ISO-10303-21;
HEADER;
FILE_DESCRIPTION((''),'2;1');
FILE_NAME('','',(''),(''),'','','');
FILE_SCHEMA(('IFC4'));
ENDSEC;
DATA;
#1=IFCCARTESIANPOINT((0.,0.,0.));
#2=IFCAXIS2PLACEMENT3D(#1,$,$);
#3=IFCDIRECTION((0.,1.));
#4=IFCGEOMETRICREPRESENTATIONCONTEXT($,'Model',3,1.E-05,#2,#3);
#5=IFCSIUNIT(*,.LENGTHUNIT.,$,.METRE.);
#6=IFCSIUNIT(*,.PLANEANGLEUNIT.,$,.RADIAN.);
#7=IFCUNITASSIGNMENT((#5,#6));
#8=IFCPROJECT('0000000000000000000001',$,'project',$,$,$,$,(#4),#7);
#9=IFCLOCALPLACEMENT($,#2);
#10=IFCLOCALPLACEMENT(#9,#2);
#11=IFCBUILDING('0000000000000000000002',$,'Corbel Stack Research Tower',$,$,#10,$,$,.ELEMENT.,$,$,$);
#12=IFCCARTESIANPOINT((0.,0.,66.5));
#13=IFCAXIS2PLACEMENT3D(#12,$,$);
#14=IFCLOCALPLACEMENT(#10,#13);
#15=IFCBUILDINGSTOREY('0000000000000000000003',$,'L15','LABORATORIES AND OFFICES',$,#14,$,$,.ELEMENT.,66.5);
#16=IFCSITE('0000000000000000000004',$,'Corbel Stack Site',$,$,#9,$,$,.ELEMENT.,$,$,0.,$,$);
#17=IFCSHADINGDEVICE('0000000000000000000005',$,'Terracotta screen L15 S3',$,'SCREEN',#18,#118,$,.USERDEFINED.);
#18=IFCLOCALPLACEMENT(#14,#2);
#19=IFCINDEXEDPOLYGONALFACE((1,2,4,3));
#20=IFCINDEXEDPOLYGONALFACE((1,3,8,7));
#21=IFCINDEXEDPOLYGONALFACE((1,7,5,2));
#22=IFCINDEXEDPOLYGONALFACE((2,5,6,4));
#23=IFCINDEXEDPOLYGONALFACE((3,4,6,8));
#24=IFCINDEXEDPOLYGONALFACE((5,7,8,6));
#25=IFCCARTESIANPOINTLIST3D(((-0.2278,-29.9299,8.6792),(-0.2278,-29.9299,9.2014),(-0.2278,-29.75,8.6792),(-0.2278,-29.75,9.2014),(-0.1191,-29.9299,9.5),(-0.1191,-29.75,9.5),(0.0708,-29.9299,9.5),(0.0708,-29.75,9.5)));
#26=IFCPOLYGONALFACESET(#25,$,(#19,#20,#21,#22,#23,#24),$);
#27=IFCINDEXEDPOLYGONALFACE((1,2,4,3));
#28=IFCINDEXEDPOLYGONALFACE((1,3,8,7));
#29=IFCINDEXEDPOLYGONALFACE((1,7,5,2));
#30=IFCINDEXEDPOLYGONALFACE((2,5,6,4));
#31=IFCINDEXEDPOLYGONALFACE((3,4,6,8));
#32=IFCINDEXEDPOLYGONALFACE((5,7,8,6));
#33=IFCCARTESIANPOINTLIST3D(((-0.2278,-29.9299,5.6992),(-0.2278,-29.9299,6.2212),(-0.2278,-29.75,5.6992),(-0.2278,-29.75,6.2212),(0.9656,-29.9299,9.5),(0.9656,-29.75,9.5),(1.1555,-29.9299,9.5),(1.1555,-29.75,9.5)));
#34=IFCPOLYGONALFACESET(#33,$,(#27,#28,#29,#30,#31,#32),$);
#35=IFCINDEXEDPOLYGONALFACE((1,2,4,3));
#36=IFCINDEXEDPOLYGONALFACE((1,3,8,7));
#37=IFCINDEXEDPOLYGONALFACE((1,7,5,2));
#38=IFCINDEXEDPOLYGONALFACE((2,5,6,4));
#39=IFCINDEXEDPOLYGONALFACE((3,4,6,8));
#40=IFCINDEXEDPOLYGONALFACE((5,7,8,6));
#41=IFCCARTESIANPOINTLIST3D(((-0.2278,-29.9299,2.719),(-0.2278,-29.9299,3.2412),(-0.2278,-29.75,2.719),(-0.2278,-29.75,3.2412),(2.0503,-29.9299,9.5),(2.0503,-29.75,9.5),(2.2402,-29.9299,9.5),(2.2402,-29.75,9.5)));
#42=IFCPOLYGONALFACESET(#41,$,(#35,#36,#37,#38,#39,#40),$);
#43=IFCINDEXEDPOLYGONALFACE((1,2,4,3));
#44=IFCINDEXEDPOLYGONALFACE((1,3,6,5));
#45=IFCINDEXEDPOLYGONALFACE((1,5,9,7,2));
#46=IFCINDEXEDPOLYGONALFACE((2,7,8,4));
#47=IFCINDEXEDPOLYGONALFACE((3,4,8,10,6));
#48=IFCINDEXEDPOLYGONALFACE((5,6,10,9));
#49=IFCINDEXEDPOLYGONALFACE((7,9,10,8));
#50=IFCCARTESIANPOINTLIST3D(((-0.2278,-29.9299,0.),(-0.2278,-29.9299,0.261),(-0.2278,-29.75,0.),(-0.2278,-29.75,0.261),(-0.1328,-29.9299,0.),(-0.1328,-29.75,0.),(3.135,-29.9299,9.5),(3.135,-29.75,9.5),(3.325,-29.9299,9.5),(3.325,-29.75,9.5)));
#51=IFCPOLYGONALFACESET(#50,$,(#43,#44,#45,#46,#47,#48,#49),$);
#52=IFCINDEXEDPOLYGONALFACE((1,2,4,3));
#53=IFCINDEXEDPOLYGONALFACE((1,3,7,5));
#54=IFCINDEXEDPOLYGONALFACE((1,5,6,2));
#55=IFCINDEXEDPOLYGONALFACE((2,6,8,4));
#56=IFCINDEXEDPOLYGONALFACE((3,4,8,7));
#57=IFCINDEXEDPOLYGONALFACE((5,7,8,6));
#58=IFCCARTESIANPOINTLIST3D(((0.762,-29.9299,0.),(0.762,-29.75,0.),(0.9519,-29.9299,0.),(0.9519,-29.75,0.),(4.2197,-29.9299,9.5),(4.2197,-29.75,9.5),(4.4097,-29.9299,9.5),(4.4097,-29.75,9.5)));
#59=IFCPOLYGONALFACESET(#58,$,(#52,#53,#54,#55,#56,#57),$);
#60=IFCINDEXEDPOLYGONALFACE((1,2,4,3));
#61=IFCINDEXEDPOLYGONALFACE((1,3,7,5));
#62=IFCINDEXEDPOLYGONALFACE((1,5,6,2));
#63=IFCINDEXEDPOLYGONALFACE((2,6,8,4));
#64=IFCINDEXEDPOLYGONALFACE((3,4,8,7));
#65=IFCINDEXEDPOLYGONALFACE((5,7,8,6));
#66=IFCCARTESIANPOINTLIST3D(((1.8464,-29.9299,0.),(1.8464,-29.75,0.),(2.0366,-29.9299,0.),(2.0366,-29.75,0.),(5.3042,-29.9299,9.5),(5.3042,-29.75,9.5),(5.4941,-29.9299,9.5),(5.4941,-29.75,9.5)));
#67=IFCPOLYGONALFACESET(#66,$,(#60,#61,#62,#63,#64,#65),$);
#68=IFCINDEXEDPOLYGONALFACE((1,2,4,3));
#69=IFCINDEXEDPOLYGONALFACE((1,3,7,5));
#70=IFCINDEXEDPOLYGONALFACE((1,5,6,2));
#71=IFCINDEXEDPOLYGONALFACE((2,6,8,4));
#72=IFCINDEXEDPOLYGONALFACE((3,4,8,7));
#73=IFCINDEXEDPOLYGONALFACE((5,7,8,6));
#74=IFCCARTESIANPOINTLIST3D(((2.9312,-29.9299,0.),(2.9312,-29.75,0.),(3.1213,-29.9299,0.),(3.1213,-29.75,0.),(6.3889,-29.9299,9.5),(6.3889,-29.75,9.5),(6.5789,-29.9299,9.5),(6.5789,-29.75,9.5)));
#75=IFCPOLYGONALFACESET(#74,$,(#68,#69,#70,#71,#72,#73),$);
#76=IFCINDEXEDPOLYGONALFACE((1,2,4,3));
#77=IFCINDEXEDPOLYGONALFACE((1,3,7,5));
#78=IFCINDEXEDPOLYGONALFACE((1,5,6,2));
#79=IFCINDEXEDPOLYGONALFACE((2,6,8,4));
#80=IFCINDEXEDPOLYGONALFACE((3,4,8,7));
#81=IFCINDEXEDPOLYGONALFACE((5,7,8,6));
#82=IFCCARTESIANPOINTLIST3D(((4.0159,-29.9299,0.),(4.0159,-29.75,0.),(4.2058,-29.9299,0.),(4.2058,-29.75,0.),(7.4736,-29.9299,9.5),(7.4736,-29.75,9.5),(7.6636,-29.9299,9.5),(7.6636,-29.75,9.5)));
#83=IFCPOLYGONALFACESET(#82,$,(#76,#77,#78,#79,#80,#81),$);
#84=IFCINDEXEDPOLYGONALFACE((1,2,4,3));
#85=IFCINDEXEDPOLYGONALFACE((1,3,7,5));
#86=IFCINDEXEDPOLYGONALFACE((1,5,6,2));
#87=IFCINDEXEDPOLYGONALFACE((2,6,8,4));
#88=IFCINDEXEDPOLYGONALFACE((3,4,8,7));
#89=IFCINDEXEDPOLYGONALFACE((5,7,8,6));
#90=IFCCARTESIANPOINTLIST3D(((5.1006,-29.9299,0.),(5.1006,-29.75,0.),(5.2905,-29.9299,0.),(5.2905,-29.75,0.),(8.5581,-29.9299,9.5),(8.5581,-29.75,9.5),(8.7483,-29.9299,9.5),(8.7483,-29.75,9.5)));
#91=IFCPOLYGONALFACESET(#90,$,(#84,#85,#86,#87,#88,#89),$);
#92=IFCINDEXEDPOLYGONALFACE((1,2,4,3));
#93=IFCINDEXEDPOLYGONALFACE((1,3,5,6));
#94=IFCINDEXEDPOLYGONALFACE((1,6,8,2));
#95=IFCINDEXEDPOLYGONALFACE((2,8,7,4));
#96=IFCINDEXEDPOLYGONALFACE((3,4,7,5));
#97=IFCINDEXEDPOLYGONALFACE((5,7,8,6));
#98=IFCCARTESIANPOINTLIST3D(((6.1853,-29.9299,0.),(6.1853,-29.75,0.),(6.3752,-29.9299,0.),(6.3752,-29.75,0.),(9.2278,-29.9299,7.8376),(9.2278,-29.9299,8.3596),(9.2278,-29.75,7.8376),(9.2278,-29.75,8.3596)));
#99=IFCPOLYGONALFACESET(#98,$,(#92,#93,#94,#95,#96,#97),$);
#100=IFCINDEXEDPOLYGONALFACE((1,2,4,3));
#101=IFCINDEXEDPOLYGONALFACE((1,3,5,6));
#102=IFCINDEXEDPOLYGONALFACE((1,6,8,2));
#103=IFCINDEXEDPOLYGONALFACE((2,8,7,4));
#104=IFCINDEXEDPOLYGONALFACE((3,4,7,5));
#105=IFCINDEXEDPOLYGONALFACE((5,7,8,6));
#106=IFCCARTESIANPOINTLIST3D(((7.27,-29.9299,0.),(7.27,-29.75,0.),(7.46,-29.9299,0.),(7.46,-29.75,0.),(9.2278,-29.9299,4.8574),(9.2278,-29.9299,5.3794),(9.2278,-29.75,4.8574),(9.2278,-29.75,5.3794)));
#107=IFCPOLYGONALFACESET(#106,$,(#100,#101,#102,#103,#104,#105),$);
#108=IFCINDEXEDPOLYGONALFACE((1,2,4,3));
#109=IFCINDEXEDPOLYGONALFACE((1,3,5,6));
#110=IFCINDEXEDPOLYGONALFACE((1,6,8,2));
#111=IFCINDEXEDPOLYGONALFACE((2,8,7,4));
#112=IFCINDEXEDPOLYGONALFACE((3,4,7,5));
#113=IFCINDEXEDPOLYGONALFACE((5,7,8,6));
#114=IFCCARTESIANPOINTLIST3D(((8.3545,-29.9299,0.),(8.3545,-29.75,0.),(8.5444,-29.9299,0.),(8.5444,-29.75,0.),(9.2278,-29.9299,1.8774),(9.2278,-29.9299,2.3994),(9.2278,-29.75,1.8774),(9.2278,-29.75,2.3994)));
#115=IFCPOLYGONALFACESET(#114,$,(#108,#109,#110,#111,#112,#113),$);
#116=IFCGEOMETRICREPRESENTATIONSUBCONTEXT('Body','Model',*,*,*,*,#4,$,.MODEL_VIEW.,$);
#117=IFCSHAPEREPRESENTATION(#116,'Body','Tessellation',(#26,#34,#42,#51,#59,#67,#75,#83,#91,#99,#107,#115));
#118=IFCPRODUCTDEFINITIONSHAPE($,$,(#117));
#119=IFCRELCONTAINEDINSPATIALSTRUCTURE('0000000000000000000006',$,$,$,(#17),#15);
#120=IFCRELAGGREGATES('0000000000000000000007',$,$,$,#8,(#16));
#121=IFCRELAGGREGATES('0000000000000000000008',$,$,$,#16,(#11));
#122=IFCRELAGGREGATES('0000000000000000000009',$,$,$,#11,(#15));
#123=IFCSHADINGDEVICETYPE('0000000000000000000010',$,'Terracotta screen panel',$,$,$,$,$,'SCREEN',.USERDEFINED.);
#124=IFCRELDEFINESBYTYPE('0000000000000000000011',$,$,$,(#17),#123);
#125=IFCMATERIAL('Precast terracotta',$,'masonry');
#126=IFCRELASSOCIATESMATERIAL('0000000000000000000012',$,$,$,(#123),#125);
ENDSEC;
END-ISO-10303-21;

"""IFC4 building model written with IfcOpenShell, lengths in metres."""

from ifc_helpers import new_model, si_unit, direction, frame, origin, place, context, subcontext, project, spatial, polyline, outline, extrude, source, transform, mapped, material, type_object, element, save


model = new_model("IFC4")

# Units and contexts
model_context = context("Model", 3, precision=1e-05, world=origin(), true_north=direction((0.0, 1.0)))
body_context = subcontext(model_context, "Body", "Model", "MODEL_VIEW")
ifc_project = project(units=[si_unit("LENGTHUNIT", "METRE"), si_unit("PLANEANGLEUNIT", "RADIAN")], contexts=[model_context])

# Site, building, storey
site_placement = place(None, origin())
site = spatial("IfcSite", under=ifc_project, at=site_placement, Name="Corbel Stack Site", CompositionType="ELEMENT", RefElevation=0.0)
building_placement = place(site_placement, origin())
building = spatial("IfcBuilding", under=site, at=building_placement, Name="Corbel Stack Research Tower", CompositionType="ELEMENT")
storey_placement = place(building_placement, frame((0.0, 0.0, 66.5)))
storey = spatial("IfcBuildingStorey", under=building, at=storey_placement, Name="L15", Description="LABORATORIES AND OFFICES", CompositionType="ELEMENT", Elevation=66.5)

# Shading device
ifc_material_1 = material(Name="Precast terracotta", Category="masonry")
shading_device_type = type_object("IfcShadingDeviceType", Name="Terracotta screen panel", ElementType="SCREEN", PredefinedType="USERDEFINED", material=ifc_material_1)
shared_shape_1 = source(origin(), body_context, "Body", "SweptSolid", [
    extrude(outline(polyline([(0.2986, 9.5), (0.1086, 9.5), (0.0, 9.2014), (0.0, 8.6792), (0.2986, 9.5)])), frame((0.0, 0.0, 0.0), z_axis=(0.0, -1.0, 0.0), x_axis=(1.0, 0.0, 0.0)), (0.0, 0.0, 1.0), 0.1799),
    extrude(outline(polyline([(1.3833, 9.5), (1.1934, 9.5), (0.0, 6.2212), (0.0, 5.6992), (1.3833, 9.5)])), frame((0.0, 0.0, 0.0), z_axis=(0.0, -1.0, 0.0), x_axis=(1.0, 0.0, 0.0)), (0.0, 0.0, 1.0), 0.1799),
    extrude(outline(polyline([(2.468, 9.5), (2.2781, 9.5), (0.0, 3.2412), (0.0, 2.719), (2.468, 9.5)])), frame((0.0, 0.0, 0.0), z_axis=(0.0, -1.0, 0.0), x_axis=(1.0, 0.0, 0.0)), (0.0, 0.0, 1.0), 0.1799),
    extrude(outline(polyline([(0.095, 0.0), (3.5527, 9.5), (3.3628, 9.5), (0.0, 0.261), (0.0, 0.0), (0.095, 0.0)])), frame((0.0, 0.0, 0.0), z_axis=(0.0, -1.0, 0.0), x_axis=(1.0, 0.0, 0.0)), (0.0, 0.0, 1.0), 0.1799),
    extrude(outline(polyline([(1.1797, 0.0), (4.6375, 9.5), (4.4475, 9.5), (0.9897, 0.0), (1.1797, 0.0)])), frame((0.0, 0.0, 0.0), z_axis=(0.0, -1.0, 0.0), x_axis=(1.0, 0.0, 0.0)), (0.0, 0.0, 1.0), 0.1799),
    extrude(outline(polyline([(2.2644, 0.0), (5.7219, 9.5), (5.532, 9.5), (2.0742, 0.0), (2.2644, 0.0)])), frame((0.0, 0.0, 0.0), z_axis=(0.0, -1.0, 0.0), x_axis=(1.0, 0.0, 0.0)), (0.0, 0.0, 1.0), 0.1799),
    extrude(outline(polyline([(3.3491, 0.0), (6.8066, 9.5), (6.6167, 9.5), (3.1589, 0.0), (3.3491, 0.0)])), frame((0.0, 0.0, 0.0), z_axis=(0.0, -1.0, 0.0), x_axis=(1.0, 0.0, 0.0)), (0.0, 0.0, 1.0), 0.1799),
    extrude(outline(polyline([(4.4336, 0.0), (7.8914, 9.5), (7.7014, 9.5), (4.2437, 0.0), (4.4336, 0.0)])), frame((0.0, 0.0, 0.0), z_axis=(0.0, -1.0, 0.0), x_axis=(1.0, 0.0, 0.0)), (0.0, 0.0, 1.0), 0.1799),
    extrude(outline(polyline([(5.5183, 0.0), (8.9761, 9.5), (8.7859, 9.5), (5.3284, 0.0), (5.5183, 0.0)])), frame((0.0, 0.0, 0.0), z_axis=(0.0, -1.0, 0.0), x_axis=(1.0, 0.0, 0.0)), (0.0, 0.0, 1.0), 0.1799),
    extrude(outline(polyline([(6.603, 0.0), (9.4556, 7.8376), (9.4556, 8.3596), (6.4131, 0.0), (6.603, 0.0)])), frame((0.0, 0.0, 0.0), z_axis=(0.0, -1.0, 0.0), x_axis=(1.0, 0.0, 0.0)), (0.0, 0.0, 1.0), 0.1799),
    extrude(outline(polyline([(7.6877, 0.0), (9.4556, 4.8574), (9.4556, 5.3794), (7.4978, 0.0), (7.6877, 0.0)])), frame((0.0, 0.0, 0.0), z_axis=(0.0, -1.0, 0.0), x_axis=(1.0, 0.0, 0.0)), (0.0, 0.0, 1.0), 0.1799),
    extrude(outline(polyline([(8.7722, 0.0), (9.4556, 1.8774), (9.4556, 2.3994), (8.5823, 0.0), (8.7722, 0.0)])), frame((0.0, 0.0, 0.0), z_axis=(0.0, -1.0, 0.0), x_axis=(1.0, 0.0, 0.0)), (0.0, 0.0, 1.0), 0.1799),
])
shading_device_1_placement = place(storey_placement, frame((-0.2278, -29.75, 0.0), z_axis=(0.0, 0.0, 1.0), x_axis=(1.0, 0.0, 0.0)))
element("IfcShadingDevice", 1, at=shading_device_1_placement, inside=storey, type_object=shading_device_type, Name="Terracotta screen L15 S3", ObjectType="SCREEN", PredefinedType="USERDEFINED", context=body_context, shape_type="MappedRepresentation", body=[
    mapped(shared_shape_1, transform((0.0, 0.0, 0.0))),
])

save(model, "model.ifc")
